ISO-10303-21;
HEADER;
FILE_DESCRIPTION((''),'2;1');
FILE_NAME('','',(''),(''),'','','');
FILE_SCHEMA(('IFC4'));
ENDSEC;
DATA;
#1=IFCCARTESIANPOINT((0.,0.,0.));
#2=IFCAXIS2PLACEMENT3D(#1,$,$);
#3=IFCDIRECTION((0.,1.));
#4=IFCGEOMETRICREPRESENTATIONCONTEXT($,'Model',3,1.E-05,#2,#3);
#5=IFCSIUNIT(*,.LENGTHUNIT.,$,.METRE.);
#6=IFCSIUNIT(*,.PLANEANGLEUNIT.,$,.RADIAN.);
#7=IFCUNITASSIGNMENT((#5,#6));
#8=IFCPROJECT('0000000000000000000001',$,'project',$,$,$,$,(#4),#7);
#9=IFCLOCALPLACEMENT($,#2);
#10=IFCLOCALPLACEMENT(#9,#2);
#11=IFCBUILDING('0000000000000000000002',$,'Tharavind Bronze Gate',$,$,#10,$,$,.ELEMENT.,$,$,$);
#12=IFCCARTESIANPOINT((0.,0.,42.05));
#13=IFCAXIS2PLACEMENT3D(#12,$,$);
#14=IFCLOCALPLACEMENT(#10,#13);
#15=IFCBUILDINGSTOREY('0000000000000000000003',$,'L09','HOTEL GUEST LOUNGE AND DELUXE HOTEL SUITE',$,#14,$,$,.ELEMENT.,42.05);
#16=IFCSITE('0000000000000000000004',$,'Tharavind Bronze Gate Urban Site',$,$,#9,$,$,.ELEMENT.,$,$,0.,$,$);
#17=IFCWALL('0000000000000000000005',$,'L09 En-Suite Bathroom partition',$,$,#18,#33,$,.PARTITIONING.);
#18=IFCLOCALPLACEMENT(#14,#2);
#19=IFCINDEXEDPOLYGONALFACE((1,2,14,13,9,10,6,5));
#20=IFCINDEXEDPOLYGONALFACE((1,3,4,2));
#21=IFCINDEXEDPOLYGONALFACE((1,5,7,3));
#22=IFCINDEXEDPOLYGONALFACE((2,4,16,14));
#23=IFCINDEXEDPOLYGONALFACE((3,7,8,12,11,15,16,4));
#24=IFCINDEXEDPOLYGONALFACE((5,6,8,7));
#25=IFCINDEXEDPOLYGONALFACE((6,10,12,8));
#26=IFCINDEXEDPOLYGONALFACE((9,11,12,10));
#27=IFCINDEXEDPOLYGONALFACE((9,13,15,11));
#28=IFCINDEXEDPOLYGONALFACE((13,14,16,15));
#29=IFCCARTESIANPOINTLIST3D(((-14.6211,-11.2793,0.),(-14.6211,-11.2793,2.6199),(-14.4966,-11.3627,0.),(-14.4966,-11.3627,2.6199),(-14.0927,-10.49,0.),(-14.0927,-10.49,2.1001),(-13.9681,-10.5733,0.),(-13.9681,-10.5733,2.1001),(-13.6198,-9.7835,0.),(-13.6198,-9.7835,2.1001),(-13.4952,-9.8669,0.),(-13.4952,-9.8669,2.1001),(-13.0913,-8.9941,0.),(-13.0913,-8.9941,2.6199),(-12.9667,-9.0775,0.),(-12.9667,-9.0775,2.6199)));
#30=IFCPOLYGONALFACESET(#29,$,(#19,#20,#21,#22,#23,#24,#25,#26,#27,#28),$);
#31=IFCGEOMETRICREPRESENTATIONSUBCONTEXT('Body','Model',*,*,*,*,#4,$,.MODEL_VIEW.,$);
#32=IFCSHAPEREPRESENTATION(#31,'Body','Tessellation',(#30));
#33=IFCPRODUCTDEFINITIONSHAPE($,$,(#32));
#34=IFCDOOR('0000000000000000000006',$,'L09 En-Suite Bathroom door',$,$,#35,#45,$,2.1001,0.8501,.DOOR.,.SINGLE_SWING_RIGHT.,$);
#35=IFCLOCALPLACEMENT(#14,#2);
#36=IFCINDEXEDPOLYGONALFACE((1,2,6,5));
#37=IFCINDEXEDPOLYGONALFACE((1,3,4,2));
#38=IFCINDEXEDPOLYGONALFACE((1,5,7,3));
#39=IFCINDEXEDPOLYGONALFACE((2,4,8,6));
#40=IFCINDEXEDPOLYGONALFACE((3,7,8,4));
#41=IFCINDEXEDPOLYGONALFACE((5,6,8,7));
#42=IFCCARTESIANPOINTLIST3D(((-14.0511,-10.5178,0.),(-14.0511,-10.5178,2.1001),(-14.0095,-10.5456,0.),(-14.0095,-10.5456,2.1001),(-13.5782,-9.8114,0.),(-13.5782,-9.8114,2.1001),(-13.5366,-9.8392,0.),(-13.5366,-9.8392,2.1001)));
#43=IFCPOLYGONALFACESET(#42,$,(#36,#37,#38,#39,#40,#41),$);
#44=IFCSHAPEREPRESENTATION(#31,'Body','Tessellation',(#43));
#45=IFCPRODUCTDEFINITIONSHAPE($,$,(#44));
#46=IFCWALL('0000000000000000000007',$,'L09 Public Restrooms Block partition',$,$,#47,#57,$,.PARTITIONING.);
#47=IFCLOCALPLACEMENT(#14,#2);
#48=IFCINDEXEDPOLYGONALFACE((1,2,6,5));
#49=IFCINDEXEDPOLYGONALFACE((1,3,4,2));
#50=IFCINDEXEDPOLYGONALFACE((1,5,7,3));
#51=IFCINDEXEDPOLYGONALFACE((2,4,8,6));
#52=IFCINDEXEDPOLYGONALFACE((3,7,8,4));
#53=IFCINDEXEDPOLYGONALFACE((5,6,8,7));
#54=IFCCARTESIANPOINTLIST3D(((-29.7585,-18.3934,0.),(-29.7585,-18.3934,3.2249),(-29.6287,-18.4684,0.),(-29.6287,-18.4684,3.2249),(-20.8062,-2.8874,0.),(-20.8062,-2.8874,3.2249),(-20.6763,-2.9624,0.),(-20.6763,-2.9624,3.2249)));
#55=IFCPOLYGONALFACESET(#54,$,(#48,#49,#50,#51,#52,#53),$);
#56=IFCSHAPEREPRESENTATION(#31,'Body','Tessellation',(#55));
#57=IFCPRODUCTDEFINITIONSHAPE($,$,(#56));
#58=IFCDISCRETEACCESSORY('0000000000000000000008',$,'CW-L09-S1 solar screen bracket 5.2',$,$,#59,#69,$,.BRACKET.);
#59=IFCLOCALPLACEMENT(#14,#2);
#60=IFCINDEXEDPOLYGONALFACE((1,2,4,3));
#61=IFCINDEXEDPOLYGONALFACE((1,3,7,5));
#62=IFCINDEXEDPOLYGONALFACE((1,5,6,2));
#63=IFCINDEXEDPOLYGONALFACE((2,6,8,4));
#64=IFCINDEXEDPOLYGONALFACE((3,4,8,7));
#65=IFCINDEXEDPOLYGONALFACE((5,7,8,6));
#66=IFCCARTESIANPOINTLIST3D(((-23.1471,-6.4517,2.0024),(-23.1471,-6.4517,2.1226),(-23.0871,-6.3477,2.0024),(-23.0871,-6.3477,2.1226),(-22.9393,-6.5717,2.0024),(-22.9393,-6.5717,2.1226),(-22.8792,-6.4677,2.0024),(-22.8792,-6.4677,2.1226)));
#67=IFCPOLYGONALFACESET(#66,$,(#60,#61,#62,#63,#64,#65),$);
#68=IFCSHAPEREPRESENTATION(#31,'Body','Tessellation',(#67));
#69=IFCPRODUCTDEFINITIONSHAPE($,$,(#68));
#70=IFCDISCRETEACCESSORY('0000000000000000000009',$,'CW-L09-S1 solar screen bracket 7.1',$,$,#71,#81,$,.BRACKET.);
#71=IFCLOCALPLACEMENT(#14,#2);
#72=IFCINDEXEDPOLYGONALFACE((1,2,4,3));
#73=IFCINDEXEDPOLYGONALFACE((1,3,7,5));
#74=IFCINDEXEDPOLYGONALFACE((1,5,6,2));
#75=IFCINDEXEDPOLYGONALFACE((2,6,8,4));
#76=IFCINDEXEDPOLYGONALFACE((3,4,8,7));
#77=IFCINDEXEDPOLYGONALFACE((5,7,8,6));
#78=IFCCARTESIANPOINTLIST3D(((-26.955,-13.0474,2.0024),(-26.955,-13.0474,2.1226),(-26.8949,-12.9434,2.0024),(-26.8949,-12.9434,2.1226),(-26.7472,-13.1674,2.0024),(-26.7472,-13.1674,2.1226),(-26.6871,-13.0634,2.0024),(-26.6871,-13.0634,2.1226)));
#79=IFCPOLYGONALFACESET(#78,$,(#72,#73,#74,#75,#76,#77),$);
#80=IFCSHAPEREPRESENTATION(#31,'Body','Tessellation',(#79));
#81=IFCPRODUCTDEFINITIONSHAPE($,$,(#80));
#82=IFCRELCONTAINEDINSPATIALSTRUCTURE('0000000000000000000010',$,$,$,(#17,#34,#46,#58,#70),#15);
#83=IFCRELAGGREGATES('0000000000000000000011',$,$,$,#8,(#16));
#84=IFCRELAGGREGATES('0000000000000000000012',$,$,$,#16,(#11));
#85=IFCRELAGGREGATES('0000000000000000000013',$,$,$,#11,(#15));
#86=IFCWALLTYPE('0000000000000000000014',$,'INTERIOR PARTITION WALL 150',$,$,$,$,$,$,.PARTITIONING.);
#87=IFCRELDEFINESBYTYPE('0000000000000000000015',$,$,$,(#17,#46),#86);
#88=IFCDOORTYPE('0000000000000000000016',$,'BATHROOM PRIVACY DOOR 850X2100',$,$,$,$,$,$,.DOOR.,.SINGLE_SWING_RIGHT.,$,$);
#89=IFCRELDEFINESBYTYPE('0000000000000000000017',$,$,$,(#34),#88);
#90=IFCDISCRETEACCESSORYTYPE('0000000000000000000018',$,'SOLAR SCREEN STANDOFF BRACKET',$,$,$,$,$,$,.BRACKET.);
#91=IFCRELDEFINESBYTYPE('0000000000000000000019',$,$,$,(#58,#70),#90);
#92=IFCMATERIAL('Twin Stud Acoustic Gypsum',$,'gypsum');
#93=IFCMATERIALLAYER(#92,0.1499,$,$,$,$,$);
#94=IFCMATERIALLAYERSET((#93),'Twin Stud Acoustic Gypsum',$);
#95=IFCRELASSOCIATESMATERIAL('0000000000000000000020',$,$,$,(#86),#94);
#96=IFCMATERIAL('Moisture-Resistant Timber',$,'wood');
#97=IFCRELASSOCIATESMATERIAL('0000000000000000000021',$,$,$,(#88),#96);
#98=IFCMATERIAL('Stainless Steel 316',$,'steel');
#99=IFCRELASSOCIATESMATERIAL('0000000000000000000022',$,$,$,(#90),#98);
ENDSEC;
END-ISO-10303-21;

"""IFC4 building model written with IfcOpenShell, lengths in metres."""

from ifc_helpers import new_model, si_unit, direction, frame, frame_2d, origin, origin_2d, place, context, subcontext, project, spatial, rectangle, extrude, material, layer, layer_set, type_object, element, fill, save


model = new_model("IFC4")

# Units and contexts
model_context = context("Model", 3, precision=1e-05, world=origin(), true_north=direction((0.0, 1.0)))
body_context = subcontext(model_context, "Body", "Model", "MODEL_VIEW")
ifc_project = project(units=[si_unit("LENGTHUNIT", "METRE"), si_unit("PLANEANGLEUNIT", "RADIAN")], contexts=[model_context])

# Site, building, storey
site_placement = place(None, origin())
site = spatial("IfcSite", under=ifc_project, at=site_placement, Name="Tharavind Bronze Gate Urban Site", CompositionType="ELEMENT", RefElevation=0.0)
building_placement = place(site_placement, origin())
building = spatial("IfcBuilding", under=site, at=building_placement, Name="Tharavind Bronze Gate", CompositionType="ELEMENT")
storey_placement = place(building_placement, frame((0.0, 0.0, 42.05)))
storey = spatial("IfcBuildingStorey", under=building, at=storey_placement, Name="L09", Description="HOTEL GUEST LOUNGE AND DELUXE HOTEL SUITE", CompositionType="ELEMENT", Elevation=42.05)

# Shared definitions
ifc_material_1 = material(Name="Twin Stud Acoustic Gypsum", Category="gypsum")
ifc_layer_1 = layer(ifc_material_1, 0.1499)
ifc_layer_set_1 = layer_set([ifc_layer_1], Name="Twin Stud Acoustic Gypsum")
wall_type_1 = type_object("IfcWallType", Name="INTERIOR PARTITION WALL 150", PredefinedType="PARTITIONING", material=ifc_layer_set_1)

# Wall, opening, door
wall_1_placement = place(storey_placement, frame((-14.5588, -11.321, 0.0), z_axis=(0.0, 0.0, 1.0), x_axis=(0.556297, 0.830983, 0.0)))
wall_1 = element("IfcWall", 1, at=wall_1_placement, inside=storey, type_object=wall_type_1, Name="L09 En-Suite Bathroom partition", PredefinedType="PARTITIONING", context=body_context, shape_type="SweptSolid", body=[
    extrude(rectangle(XDim=2.75, YDim=0.1499, at=frame_2d((1.375, 0.0))), origin(), (0.0, 0.0, 1.0), 2.6199),
])
opening_placement = place(wall_1_placement, frame((0.95, 0.0, 0.0)))
opening = element("IfcOpeningElement", 2, at=opening_placement, cuts=wall_1, PredefinedType="OPENING", context=body_context, shape_type="SweptSolid", body=[
    extrude(rectangle(XDim=0.8501, YDim=2.1001, at=frame_2d((0.425, 1.05))), frame((0.0, 0.085, 0.0), z_axis=(0.0, -1.0, 0.0), x_axis=(1.0, 0.0, 0.0)), (0.0, 0.0, 1.0), 0.1699),
])
ifc_material_2 = material(Name="Moisture-Resistant Timber", Category="wood")
door_type = type_object("IfcDoorType", Name="BATHROOM PRIVACY DOOR 850X2100", OperationType="SINGLE_SWING_RIGHT", PredefinedType="DOOR", material=ifc_material_2)
door_placement = place(opening_placement, origin())
door = element("IfcDoor", 3, at=door_placement, inside=storey, type_object=door_type, Name="L09 En-Suite Bathroom door", OperationType="SINGLE_SWING_RIGHT", OverallHeight=2.1001, OverallWidth=0.8501, PredefinedType="DOOR", context=body_context, shape_type="SweptSolid", body=[
    extrude(rectangle(XDim=0.8501, YDim=2.1001, at=frame_2d((0.425, 1.05))), frame((0.0, 0.0249, 0.0), z_axis=(0.0, -1.0, 0.0), x_axis=(1.0, 0.0, 0.0)), (0.0, 0.0, 1.0), 0.05),
])
fill(opening, door)

# Wall
wall_2_placement = place(storey_placement, frame((-29.6936, -18.4309, 0.0), z_axis=(0.0, 0.0, 1.0), x_axis=(0.499997, 0.866027, 0.0)))
element("IfcWall", 4, at=wall_2_placement, inside=storey, type_object=wall_type_1, Name="L09 Public Restrooms Block partition", PredefinedType="PARTITIONING", context=body_context, shape_type="SweptSolid", body=[
    extrude(rectangle(XDim=17.9048, YDim=0.1499, at=frame_2d((8.9524, 0.0))), origin(), (0.0, 0.0, 1.0), 3.2249),
])

# Discrete accessories
ifc_material_3 = material(Name="Stainless Steel 316", Category="steel")
discrete_accessory_type = type_object("IfcDiscreteAccessoryType", Name="SOLAR SCREEN STANDOFF BRACKET", PredefinedType="BRACKET", material=ifc_material_3)
for number, where, z_axis, x_axis, name in (
    (5, (-23.0132, -6.4597, 2.0024), (0.0, 0.0, 1.0), (-0.500002, -0.866025, 0.0), "CW-L09-S1 solar screen bracket 5.2"),
    (6, (-26.821, -13.0554, 2.0024), (0.0, 0.0, 1.0), (-0.500002, -0.866025, 0.0), "CW-L09-S1 solar screen bracket 7.1"),
):
    element("IfcDiscreteAccessory", number, at=place(storey_placement, frame(where, z_axis=z_axis, x_axis=x_axis)), inside=storey, type_object=discrete_accessory_type, Name=name, PredefinedType="BRACKET", context=body_context, shape_type="SweptSolid", body=[
        extrude(rectangle(XDim=0.1201, YDim=0.24, at=origin_2d()), origin(), (0.0, 0.0, 1.0), 0.1201),
    ])

save(model, "model.ifc")
